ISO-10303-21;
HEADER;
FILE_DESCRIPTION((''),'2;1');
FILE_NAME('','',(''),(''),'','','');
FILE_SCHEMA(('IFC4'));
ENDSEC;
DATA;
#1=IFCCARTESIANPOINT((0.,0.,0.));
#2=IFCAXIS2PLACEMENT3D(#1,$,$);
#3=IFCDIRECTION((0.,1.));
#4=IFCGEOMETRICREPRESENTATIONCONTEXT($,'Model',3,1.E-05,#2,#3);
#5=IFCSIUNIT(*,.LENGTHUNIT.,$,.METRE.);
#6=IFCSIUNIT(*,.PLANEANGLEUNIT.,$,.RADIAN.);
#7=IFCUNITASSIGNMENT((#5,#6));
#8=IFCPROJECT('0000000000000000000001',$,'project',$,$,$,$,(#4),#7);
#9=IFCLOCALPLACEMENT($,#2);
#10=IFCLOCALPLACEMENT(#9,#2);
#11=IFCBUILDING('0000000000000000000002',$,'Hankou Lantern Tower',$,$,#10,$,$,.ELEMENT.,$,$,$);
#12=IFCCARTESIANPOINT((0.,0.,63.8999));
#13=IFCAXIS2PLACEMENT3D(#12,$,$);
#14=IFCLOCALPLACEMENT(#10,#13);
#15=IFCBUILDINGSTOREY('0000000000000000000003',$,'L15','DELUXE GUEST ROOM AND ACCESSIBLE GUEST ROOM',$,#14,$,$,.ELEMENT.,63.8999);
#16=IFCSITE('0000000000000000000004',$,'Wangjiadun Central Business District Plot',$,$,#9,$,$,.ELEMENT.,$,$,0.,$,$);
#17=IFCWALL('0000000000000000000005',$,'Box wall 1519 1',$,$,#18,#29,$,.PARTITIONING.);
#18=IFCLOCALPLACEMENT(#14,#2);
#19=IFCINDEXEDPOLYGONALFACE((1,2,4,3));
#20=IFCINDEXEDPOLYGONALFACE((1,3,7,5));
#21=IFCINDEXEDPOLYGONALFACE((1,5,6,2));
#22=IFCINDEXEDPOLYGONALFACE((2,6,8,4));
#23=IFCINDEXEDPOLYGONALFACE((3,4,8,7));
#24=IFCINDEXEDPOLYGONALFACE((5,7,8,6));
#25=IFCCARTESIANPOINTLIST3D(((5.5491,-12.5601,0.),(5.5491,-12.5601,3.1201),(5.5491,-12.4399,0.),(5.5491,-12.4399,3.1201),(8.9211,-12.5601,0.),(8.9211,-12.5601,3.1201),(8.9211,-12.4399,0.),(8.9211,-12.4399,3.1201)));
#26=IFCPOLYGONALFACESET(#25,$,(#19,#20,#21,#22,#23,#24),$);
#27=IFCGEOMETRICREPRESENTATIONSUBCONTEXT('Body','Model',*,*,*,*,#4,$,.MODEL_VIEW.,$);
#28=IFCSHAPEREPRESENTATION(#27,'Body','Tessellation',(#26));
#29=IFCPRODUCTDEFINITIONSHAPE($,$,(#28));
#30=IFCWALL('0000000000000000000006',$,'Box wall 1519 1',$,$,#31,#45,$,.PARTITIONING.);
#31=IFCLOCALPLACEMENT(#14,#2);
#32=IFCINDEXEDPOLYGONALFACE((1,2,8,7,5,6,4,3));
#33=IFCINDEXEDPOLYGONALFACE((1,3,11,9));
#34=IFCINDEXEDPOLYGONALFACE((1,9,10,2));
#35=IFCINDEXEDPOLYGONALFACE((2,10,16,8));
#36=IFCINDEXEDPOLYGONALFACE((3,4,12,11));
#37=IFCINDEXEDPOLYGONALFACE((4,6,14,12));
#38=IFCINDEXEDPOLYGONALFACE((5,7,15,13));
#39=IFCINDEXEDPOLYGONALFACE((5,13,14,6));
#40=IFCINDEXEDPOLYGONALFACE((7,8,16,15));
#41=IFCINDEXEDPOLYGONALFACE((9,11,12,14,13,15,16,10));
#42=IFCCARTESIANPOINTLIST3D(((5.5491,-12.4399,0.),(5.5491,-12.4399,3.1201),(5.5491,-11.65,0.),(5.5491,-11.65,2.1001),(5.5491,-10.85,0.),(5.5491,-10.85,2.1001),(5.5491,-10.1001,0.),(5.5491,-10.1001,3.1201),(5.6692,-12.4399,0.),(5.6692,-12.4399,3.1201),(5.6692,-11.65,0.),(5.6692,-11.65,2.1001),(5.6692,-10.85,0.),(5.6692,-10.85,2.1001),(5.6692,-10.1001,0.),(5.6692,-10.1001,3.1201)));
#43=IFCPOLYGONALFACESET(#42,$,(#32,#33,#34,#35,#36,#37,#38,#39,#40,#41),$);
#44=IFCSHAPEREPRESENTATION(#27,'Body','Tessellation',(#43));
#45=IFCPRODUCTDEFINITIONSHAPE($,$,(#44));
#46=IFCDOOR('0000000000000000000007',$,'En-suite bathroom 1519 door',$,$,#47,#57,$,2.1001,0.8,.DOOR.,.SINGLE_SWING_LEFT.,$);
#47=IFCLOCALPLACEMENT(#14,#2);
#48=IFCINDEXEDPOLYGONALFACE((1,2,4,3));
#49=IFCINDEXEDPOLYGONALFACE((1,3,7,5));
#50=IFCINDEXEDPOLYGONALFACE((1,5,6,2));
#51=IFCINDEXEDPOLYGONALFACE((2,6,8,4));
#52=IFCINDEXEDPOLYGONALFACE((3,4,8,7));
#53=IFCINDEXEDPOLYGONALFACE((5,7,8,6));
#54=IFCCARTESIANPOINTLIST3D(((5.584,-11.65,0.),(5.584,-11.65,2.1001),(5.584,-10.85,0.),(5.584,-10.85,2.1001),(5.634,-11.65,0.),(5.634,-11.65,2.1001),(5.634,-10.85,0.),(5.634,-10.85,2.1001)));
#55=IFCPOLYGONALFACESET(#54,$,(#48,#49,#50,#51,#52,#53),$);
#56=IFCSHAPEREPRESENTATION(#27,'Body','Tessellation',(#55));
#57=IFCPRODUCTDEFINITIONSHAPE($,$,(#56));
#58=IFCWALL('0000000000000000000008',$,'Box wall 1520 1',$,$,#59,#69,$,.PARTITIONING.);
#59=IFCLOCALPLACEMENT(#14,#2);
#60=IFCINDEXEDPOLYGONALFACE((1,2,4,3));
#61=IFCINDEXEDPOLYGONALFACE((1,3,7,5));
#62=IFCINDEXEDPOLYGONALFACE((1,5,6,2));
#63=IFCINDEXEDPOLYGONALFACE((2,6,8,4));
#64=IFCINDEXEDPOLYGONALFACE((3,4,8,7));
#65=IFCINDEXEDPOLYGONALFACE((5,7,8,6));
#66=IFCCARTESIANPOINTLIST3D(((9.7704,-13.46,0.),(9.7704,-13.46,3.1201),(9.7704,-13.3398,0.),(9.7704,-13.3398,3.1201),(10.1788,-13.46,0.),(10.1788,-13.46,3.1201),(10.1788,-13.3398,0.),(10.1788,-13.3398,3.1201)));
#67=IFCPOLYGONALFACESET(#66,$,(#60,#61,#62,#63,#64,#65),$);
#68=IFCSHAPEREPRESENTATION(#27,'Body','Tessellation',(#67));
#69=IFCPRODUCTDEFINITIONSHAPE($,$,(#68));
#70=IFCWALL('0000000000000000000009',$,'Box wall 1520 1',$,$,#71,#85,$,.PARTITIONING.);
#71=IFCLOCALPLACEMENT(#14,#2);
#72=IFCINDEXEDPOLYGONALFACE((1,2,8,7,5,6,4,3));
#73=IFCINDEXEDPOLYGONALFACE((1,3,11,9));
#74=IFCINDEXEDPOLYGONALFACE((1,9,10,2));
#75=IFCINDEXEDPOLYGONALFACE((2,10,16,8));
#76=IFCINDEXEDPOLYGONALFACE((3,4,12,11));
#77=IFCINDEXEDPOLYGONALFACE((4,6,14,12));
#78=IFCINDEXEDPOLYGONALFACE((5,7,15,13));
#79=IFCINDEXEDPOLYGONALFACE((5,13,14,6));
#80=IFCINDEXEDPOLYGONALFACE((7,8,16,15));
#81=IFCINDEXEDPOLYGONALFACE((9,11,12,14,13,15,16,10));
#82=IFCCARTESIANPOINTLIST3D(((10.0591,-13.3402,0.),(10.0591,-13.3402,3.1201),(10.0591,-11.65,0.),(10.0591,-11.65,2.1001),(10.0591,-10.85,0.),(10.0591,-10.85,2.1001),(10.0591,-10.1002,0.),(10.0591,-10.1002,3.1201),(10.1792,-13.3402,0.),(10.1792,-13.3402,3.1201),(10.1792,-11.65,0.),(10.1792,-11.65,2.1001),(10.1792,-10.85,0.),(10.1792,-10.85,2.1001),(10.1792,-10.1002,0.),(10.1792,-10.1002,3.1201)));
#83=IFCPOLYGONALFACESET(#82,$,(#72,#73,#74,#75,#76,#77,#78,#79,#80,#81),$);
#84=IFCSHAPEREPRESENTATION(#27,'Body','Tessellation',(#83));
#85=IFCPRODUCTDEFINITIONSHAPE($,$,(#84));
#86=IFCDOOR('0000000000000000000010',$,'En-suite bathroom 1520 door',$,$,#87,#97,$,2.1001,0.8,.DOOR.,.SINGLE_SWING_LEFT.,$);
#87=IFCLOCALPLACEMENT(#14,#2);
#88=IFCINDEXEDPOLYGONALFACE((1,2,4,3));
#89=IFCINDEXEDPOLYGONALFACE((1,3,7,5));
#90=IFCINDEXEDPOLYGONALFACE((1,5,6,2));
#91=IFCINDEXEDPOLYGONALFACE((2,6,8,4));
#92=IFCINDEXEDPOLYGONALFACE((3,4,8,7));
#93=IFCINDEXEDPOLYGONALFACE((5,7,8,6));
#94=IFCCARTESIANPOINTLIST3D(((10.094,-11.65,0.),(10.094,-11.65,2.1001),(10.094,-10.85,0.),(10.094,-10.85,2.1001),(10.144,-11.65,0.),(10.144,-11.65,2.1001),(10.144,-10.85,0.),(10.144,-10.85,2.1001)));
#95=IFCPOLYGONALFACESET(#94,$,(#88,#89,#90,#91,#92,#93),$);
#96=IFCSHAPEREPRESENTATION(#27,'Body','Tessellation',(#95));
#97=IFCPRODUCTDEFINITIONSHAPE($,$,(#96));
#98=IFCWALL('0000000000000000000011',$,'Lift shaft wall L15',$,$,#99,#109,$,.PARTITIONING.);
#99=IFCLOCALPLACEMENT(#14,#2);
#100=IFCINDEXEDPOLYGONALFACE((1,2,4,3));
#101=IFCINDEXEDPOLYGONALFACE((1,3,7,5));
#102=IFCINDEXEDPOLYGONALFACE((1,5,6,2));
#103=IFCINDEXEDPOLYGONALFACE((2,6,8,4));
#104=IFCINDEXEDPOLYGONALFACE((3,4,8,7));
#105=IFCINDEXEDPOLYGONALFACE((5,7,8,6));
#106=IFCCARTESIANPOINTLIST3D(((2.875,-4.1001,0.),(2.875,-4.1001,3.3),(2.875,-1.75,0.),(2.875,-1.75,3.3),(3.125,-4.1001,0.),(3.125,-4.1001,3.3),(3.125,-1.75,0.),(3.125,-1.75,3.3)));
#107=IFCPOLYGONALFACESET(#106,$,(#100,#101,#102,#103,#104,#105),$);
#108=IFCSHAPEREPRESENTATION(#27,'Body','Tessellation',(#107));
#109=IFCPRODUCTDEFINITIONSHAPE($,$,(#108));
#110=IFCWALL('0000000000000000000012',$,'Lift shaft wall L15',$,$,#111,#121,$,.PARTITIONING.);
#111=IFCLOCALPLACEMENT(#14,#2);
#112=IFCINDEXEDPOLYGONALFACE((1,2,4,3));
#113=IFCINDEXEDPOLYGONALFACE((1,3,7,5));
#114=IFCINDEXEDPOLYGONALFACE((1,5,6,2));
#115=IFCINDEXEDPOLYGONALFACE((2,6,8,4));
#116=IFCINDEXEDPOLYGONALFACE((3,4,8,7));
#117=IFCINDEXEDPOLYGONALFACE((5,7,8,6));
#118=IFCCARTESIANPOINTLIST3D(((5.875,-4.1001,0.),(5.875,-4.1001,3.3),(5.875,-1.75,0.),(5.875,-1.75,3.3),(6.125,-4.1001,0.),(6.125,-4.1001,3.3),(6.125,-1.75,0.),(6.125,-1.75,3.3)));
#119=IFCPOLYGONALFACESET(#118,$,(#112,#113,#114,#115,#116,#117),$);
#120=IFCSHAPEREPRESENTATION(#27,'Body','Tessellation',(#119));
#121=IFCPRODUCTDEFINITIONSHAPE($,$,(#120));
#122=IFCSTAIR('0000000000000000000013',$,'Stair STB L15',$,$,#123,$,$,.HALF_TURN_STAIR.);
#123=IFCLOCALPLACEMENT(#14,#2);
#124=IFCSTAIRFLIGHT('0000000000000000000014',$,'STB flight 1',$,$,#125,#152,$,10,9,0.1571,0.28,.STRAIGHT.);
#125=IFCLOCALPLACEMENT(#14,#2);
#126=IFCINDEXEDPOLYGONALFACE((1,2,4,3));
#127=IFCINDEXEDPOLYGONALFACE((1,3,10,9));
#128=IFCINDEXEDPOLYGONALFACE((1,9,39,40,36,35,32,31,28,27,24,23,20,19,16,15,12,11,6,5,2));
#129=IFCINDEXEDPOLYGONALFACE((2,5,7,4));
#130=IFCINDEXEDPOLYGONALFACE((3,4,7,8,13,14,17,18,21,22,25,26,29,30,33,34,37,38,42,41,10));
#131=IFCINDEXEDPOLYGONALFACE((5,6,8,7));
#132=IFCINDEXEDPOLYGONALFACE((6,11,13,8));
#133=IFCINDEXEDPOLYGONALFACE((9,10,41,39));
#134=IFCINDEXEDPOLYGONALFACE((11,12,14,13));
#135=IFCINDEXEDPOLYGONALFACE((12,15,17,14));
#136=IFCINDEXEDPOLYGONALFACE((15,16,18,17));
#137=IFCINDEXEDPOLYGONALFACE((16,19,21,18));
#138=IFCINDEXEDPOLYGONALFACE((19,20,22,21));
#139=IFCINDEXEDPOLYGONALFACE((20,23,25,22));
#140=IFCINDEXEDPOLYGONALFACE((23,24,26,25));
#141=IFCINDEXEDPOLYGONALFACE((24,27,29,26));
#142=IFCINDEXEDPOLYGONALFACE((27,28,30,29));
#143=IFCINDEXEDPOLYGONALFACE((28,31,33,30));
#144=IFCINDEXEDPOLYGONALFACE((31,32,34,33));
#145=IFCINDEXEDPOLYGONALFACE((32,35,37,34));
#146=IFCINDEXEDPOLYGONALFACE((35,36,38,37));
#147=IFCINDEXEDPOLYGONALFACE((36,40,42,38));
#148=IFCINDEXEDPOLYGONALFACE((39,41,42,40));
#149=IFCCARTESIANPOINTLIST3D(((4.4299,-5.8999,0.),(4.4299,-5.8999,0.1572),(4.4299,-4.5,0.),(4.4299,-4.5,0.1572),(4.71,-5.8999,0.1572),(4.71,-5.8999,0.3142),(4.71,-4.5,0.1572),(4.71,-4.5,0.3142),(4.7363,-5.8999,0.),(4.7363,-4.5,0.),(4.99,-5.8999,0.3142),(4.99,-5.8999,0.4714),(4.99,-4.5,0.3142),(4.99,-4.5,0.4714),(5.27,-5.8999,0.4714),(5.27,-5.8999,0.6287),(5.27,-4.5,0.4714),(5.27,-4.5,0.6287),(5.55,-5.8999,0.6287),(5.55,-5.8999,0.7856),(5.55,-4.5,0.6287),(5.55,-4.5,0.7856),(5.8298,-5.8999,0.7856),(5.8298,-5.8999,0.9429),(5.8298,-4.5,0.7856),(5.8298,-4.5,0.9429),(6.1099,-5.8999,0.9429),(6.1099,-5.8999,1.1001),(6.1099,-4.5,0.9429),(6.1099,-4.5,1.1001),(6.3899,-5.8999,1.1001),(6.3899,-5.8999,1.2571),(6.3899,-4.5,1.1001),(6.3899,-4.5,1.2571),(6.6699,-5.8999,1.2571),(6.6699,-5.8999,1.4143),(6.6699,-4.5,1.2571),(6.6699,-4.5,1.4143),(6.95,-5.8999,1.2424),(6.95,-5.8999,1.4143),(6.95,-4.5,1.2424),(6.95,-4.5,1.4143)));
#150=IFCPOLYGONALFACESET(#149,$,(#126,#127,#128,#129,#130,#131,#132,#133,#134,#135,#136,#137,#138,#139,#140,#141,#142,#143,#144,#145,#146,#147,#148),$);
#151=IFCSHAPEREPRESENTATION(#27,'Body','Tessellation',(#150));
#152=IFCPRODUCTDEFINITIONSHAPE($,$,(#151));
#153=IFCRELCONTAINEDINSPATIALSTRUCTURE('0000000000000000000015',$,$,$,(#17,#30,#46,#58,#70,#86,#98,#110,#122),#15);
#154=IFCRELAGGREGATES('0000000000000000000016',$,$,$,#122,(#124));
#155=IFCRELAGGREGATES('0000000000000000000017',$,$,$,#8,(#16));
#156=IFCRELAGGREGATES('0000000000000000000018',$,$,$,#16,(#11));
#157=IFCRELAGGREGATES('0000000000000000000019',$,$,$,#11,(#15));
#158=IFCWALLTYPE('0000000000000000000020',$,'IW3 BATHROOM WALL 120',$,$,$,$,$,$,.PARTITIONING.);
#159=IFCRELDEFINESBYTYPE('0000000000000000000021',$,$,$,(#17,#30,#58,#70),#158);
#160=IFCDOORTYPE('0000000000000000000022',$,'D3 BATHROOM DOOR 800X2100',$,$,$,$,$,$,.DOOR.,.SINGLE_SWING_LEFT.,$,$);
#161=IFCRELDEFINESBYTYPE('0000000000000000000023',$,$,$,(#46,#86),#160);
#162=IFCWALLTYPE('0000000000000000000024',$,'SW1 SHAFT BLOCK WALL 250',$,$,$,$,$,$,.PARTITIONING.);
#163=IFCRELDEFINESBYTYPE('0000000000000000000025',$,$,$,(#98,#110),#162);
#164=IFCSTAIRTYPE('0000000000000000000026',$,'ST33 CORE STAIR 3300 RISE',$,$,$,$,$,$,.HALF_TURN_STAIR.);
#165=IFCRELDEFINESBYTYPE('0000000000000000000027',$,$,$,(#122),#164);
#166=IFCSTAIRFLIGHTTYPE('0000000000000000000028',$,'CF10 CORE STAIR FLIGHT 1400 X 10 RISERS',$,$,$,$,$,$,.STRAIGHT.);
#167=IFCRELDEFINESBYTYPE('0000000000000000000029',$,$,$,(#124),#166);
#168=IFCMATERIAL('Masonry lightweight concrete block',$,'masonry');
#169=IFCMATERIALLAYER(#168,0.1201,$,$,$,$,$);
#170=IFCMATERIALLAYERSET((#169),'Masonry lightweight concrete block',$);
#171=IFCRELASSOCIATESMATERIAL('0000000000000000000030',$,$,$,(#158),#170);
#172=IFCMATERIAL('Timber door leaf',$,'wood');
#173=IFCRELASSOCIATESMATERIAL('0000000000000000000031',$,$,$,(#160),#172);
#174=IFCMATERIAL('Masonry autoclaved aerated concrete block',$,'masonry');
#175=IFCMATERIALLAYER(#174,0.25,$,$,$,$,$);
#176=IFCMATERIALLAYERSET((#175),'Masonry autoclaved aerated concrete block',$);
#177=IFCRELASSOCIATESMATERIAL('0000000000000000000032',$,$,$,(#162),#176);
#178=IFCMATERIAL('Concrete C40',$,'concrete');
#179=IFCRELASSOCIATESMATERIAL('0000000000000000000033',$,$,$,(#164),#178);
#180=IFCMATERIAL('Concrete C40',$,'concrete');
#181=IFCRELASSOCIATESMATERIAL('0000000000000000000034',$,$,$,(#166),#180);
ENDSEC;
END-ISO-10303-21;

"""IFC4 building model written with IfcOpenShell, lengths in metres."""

from ifc_helpers import new_model, si_unit, direction, frame, frame_2d, origin, place, context, subcontext, project, spatial, polyline, rectangle, outline, extrude, material, layer, layer_set, type_object, element, fill, aggregate, save


model = new_model("IFC4")

# Units and contexts
model_context = context("Model", 3, precision=1e-05, world=origin(), true_north=direction((0.0, 1.0)))
body_context = subcontext(model_context, "Body", "Model", "MODEL_VIEW")
ifc_project = project(units=[si_unit("LENGTHUNIT", "METRE"), si_unit("PLANEANGLEUNIT", "RADIAN")], contexts=[model_context])

# Site, building, storey
site_placement = place(None, origin())
site = spatial("IfcSite", under=ifc_project, at=site_placement, Name="Wangjiadun Central Business District Plot", CompositionType="ELEMENT", RefElevation=0.0)
building_placement = place(site_placement, origin())
building = spatial("IfcBuilding", under=site, at=building_placement, Name="Hankou Lantern Tower", CompositionType="ELEMENT")
storey_placement = place(building_placement, frame((0.0, 0.0, 63.8999)))
storey = spatial("IfcBuildingStorey", under=building, at=storey_placement, Name="L15", Description="DELUXE GUEST ROOM AND ACCESSIBLE GUEST ROOM", CompositionType="ELEMENT", Elevation=63.8999)

# Shared definitions
ifc_material_1 = material(Name="Masonry lightweight concrete block", Category="masonry")
ifc_layer_1 = layer(ifc_material_1, 0.1201)
ifc_layer_set_1 = layer_set([ifc_layer_1], Name="Masonry lightweight concrete block")
wall_type_1 = type_object("IfcWallType", Name="IW3 BATHROOM WALL 120", PredefinedType="PARTITIONING", material=ifc_layer_set_1)

# Shared definitions
ifc_material_2 = material(Name="Timber door leaf", Category="wood")
door_type_1 = type_object("IfcDoorType", Name="D3 BATHROOM DOOR 800X2100", OperationType="SINGLE_SWING_LEFT", PredefinedType="DOOR", material=ifc_material_2)

# Wall
wall_1_placement = place(storey_placement, frame((8.9211, -12.5, 0.0), z_axis=(0.0, 0.0, 1.0), x_axis=(-1.0, 0.0, 0.0)))
element("IfcWall", 1, at=wall_1_placement, inside=storey, type_object=wall_type_1, Name="Box wall 1519 1", PredefinedType="PARTITIONING", context=body_context, shape_type="SweptSolid", body=[
    extrude(rectangle(XDim=3.3721, YDim=0.1201, at=frame_2d((1.686, 0.0))), origin(), (0.0, 0.0, 1.0), 3.1201),
])

# Wall, opening, door
wall_2_placement = place(storey_placement, frame((5.6091, -10.1001, 0.0), z_axis=(0.0, 0.0, 1.0), x_axis=(0.0, -1.0, 0.0)))
wall_2 = element("IfcWall", 2, at=wall_2_placement, inside=storey, type_object=wall_type_1, Name="Box wall 1519 1", PredefinedType="PARTITIONING", context=body_context, shape_type="SweptSolid", body=[
    extrude(rectangle(XDim=2.3398, YDim=0.1201, at=frame_2d((1.1699, 0.0))), origin(), (0.0, 0.0, 1.0), 3.1201),
])
opening_1_placement = place(wall_2_placement, frame((0.75, 0.0, 0.0)))
opening_1 = element("IfcOpeningElement", 3, at=opening_1_placement, cuts=wall_2, PredefinedType="OPENING", context=body_context, shape_type="SweptSolid", body=[
    extrude(rectangle(XDim=0.8, YDim=2.1001, at=frame_2d((0.3999, 1.05))), frame((0.0, 0.0701, 0.0), z_axis=(0.0, -1.0, 0.0), x_axis=(1.0, 0.0, 0.0)), (0.0, 0.0, 1.0), 0.1401),
])
door_1_placement = place(opening_1_placement, origin())
door_1 = element("IfcDoor", 4, at=door_1_placement, inside=storey, type_object=door_type_1, Name="En-suite bathroom 1519 door", OperationType="SINGLE_SWING_LEFT", OverallHeight=2.1001, OverallWidth=0.8, PredefinedType="DOOR", context=body_context, shape_type="SweptSolid", body=[
    extrude(rectangle(XDim=0.8, YDim=2.1001, at=frame_2d((0.3999, 1.05))), frame((0.0, 0.0249, 0.0), z_axis=(0.0, -1.0, 0.0), x_axis=(1.0, 0.0, 0.0)), (0.0, 0.0, 1.0), 0.05),
])
fill(opening_1, door_1)

# Wall
wall_3_placement = place(storey_placement, frame((9.7705, -13.3999, 0.0), z_axis=(0.0, 0.0, 1.0), x_axis=(1.0, 0.0, 0.0)))
element("IfcWall", 5, at=wall_3_placement, inside=storey, type_object=wall_type_1, Name="Box wall 1520 1", PredefinedType="PARTITIONING", context=body_context, shape_type="SweptSolid", body=[
    extrude(rectangle(XDim=0.4084, YDim=0.1201, at=frame_2d((0.2041, 0.0))), origin(), (0.0, 0.0, 1.0), 3.1201),
])

# Wall, opening, door
wall_4_placement = place(storey_placement, frame((10.1191, -10.1001, 0.0), z_axis=(0.0, 0.0, 1.0), x_axis=(0.0, -1.0, 0.0)))
wall_4 = element("IfcWall", 6, at=wall_4_placement, inside=storey, type_object=wall_type_1, Name="Box wall 1520 1", PredefinedType="PARTITIONING", context=body_context, shape_type="SweptSolid", body=[
    extrude(rectangle(XDim=3.24, YDim=0.1201, at=frame_2d((1.6201, 0.0))), origin(), (0.0, 0.0, 1.0), 3.1201),
])
opening_2_placement = place(wall_4_placement, frame((0.75, 0.0, 0.0)))
opening_2 = element("IfcOpeningElement", 7, at=opening_2_placement, cuts=wall_4, PredefinedType="OPENING", context=body_context, shape_type="SweptSolid", body=[
    extrude(rectangle(XDim=0.8, YDim=2.1001, at=frame_2d((0.3999, 1.05))), frame((0.0, 0.0701, 0.0), z_axis=(0.0, -1.0, 0.0), x_axis=(1.0, 0.0, 0.0)), (0.0, 0.0, 1.0), 0.1401),
])
door_2_placement = place(opening_2_placement, origin())
door_2 = element("IfcDoor", 8, at=door_2_placement, inside=storey, type_object=door_type_1, Name="En-suite bathroom 1520 door", OperationType="SINGLE_SWING_LEFT", OverallHeight=2.1001, OverallWidth=0.8, PredefinedType="DOOR", context=body_context, shape_type="SweptSolid", body=[
    extrude(rectangle(XDim=0.8, YDim=2.1001, at=frame_2d((0.3999, 1.05))), frame((0.0, 0.0249, 0.0), z_axis=(0.0, -1.0, 0.0), x_axis=(1.0, 0.0, 0.0)), (0.0, 0.0, 1.0), 0.05),
])
fill(opening_2, door_2)

# Walls
ifc_material_3 = material(Name="Masonry autoclaved aerated concrete block", Category="masonry")
ifc_layer_2 = layer(ifc_material_3, 0.25)
ifc_layer_set_2 = layer_set([ifc_layer_2], Name="Masonry autoclaved aerated concrete block")
wall_type_2 = type_object("IfcWallType", Name="SW1 SHAFT BLOCK WALL 250", PredefinedType="PARTITIONING", material=ifc_layer_set_2)
for number, where, z_axis, x_axis, name in (
    (9, (3.0, -4.1001, 0.0), (0.0, 0.0, 1.0), (0.0, 1.0, 0.0), "Lift shaft wall L15"),
    (10, (6.0, -4.1001, 0.0), (0.0, 0.0, 1.0), (0.0, 1.0, 0.0), "Lift shaft wall L15"),
):
    element("IfcWall", number, at=place(storey_placement, frame(where, z_axis=z_axis, x_axis=x_axis)), inside=storey, type_object=wall_type_2, Name=name, PredefinedType="PARTITIONING", context=body_context, shape_type="SweptSolid", body=[
        extrude(rectangle(XDim=2.3501, YDim=0.25, at=frame_2d((1.175, 0.0))), origin(), (0.0, 0.0, 1.0), 3.3),
    ])

# Stair, stair flight
ifc_material_4 = material(Name="Concrete C40", Category="concrete")
stair_type = type_object("IfcStairType", Name="ST33 CORE STAIR 3300 RISE", PredefinedType="HALF_TURN_STAIR", material=ifc_material_4)
stair_placement = place(storey_placement, origin())
stair = element("IfcStair", 11, at=stair_placement, inside=storey, type_object=stair_type, Name="Stair STB L15", PredefinedType="HALF_TURN_STAIR")
ifc_material_5 = material(Name="Concrete C40", Category="concrete")
stair_flight_type_1 = type_object("IfcStairFlightType", Name="CF10 CORE STAIR FLIGHT 1400 X 10 RISERS", PredefinedType="STRAIGHT", material=ifc_material_5)
stair_flight_1_placement = place(storey_placement, frame((4.4299, -5.2, 0.0), z_axis=(0.0, 0.0, 1.0), x_axis=(1.0, 0.0, 0.0)))
stair_flight_1 = element("IfcStairFlight", 12, at=stair_flight_1_placement, type_object=stair_flight_type_1, Name="STB flight 1", NumberOfRisers=10, NumberOfTreads=9, PredefinedType="STRAIGHT", RiserHeight=0.1571, TreadLength=0.28, context=body_context, shape_type="SweptSolid", body=[
    extrude(outline(polyline([(0.0, 0.0), (0.0, 0.1572), (0.28, 0.1572), (0.28, 0.3142), (0.5601, 0.3142), (0.5601, 0.4714), (0.8401, 0.4714), (0.8401, 0.6287), (1.1201, 0.6287), (1.1201, 0.7856), (1.3999, 0.7856), (1.3999, 0.9429), (1.6799, 0.9429), (1.6799, 1.1001), (1.96, 1.1001), (1.96, 1.2571), (2.24, 1.2571), (2.24, 1.4143), (2.52, 1.4143), (2.52, 1.5715), (2.52, 1.2424), (0.3064, 0.0), (0.0, 0.0)])), frame((0.0, 0.7, 0.0), z_axis=(0.0, -1.0, 0.0), x_axis=(1.0, 0.0, 0.0)), (0.0, 0.0, 1.0), 1.3999),
])
aggregate(stair, [stair_flight_1])

save(model, "model.ifc")
